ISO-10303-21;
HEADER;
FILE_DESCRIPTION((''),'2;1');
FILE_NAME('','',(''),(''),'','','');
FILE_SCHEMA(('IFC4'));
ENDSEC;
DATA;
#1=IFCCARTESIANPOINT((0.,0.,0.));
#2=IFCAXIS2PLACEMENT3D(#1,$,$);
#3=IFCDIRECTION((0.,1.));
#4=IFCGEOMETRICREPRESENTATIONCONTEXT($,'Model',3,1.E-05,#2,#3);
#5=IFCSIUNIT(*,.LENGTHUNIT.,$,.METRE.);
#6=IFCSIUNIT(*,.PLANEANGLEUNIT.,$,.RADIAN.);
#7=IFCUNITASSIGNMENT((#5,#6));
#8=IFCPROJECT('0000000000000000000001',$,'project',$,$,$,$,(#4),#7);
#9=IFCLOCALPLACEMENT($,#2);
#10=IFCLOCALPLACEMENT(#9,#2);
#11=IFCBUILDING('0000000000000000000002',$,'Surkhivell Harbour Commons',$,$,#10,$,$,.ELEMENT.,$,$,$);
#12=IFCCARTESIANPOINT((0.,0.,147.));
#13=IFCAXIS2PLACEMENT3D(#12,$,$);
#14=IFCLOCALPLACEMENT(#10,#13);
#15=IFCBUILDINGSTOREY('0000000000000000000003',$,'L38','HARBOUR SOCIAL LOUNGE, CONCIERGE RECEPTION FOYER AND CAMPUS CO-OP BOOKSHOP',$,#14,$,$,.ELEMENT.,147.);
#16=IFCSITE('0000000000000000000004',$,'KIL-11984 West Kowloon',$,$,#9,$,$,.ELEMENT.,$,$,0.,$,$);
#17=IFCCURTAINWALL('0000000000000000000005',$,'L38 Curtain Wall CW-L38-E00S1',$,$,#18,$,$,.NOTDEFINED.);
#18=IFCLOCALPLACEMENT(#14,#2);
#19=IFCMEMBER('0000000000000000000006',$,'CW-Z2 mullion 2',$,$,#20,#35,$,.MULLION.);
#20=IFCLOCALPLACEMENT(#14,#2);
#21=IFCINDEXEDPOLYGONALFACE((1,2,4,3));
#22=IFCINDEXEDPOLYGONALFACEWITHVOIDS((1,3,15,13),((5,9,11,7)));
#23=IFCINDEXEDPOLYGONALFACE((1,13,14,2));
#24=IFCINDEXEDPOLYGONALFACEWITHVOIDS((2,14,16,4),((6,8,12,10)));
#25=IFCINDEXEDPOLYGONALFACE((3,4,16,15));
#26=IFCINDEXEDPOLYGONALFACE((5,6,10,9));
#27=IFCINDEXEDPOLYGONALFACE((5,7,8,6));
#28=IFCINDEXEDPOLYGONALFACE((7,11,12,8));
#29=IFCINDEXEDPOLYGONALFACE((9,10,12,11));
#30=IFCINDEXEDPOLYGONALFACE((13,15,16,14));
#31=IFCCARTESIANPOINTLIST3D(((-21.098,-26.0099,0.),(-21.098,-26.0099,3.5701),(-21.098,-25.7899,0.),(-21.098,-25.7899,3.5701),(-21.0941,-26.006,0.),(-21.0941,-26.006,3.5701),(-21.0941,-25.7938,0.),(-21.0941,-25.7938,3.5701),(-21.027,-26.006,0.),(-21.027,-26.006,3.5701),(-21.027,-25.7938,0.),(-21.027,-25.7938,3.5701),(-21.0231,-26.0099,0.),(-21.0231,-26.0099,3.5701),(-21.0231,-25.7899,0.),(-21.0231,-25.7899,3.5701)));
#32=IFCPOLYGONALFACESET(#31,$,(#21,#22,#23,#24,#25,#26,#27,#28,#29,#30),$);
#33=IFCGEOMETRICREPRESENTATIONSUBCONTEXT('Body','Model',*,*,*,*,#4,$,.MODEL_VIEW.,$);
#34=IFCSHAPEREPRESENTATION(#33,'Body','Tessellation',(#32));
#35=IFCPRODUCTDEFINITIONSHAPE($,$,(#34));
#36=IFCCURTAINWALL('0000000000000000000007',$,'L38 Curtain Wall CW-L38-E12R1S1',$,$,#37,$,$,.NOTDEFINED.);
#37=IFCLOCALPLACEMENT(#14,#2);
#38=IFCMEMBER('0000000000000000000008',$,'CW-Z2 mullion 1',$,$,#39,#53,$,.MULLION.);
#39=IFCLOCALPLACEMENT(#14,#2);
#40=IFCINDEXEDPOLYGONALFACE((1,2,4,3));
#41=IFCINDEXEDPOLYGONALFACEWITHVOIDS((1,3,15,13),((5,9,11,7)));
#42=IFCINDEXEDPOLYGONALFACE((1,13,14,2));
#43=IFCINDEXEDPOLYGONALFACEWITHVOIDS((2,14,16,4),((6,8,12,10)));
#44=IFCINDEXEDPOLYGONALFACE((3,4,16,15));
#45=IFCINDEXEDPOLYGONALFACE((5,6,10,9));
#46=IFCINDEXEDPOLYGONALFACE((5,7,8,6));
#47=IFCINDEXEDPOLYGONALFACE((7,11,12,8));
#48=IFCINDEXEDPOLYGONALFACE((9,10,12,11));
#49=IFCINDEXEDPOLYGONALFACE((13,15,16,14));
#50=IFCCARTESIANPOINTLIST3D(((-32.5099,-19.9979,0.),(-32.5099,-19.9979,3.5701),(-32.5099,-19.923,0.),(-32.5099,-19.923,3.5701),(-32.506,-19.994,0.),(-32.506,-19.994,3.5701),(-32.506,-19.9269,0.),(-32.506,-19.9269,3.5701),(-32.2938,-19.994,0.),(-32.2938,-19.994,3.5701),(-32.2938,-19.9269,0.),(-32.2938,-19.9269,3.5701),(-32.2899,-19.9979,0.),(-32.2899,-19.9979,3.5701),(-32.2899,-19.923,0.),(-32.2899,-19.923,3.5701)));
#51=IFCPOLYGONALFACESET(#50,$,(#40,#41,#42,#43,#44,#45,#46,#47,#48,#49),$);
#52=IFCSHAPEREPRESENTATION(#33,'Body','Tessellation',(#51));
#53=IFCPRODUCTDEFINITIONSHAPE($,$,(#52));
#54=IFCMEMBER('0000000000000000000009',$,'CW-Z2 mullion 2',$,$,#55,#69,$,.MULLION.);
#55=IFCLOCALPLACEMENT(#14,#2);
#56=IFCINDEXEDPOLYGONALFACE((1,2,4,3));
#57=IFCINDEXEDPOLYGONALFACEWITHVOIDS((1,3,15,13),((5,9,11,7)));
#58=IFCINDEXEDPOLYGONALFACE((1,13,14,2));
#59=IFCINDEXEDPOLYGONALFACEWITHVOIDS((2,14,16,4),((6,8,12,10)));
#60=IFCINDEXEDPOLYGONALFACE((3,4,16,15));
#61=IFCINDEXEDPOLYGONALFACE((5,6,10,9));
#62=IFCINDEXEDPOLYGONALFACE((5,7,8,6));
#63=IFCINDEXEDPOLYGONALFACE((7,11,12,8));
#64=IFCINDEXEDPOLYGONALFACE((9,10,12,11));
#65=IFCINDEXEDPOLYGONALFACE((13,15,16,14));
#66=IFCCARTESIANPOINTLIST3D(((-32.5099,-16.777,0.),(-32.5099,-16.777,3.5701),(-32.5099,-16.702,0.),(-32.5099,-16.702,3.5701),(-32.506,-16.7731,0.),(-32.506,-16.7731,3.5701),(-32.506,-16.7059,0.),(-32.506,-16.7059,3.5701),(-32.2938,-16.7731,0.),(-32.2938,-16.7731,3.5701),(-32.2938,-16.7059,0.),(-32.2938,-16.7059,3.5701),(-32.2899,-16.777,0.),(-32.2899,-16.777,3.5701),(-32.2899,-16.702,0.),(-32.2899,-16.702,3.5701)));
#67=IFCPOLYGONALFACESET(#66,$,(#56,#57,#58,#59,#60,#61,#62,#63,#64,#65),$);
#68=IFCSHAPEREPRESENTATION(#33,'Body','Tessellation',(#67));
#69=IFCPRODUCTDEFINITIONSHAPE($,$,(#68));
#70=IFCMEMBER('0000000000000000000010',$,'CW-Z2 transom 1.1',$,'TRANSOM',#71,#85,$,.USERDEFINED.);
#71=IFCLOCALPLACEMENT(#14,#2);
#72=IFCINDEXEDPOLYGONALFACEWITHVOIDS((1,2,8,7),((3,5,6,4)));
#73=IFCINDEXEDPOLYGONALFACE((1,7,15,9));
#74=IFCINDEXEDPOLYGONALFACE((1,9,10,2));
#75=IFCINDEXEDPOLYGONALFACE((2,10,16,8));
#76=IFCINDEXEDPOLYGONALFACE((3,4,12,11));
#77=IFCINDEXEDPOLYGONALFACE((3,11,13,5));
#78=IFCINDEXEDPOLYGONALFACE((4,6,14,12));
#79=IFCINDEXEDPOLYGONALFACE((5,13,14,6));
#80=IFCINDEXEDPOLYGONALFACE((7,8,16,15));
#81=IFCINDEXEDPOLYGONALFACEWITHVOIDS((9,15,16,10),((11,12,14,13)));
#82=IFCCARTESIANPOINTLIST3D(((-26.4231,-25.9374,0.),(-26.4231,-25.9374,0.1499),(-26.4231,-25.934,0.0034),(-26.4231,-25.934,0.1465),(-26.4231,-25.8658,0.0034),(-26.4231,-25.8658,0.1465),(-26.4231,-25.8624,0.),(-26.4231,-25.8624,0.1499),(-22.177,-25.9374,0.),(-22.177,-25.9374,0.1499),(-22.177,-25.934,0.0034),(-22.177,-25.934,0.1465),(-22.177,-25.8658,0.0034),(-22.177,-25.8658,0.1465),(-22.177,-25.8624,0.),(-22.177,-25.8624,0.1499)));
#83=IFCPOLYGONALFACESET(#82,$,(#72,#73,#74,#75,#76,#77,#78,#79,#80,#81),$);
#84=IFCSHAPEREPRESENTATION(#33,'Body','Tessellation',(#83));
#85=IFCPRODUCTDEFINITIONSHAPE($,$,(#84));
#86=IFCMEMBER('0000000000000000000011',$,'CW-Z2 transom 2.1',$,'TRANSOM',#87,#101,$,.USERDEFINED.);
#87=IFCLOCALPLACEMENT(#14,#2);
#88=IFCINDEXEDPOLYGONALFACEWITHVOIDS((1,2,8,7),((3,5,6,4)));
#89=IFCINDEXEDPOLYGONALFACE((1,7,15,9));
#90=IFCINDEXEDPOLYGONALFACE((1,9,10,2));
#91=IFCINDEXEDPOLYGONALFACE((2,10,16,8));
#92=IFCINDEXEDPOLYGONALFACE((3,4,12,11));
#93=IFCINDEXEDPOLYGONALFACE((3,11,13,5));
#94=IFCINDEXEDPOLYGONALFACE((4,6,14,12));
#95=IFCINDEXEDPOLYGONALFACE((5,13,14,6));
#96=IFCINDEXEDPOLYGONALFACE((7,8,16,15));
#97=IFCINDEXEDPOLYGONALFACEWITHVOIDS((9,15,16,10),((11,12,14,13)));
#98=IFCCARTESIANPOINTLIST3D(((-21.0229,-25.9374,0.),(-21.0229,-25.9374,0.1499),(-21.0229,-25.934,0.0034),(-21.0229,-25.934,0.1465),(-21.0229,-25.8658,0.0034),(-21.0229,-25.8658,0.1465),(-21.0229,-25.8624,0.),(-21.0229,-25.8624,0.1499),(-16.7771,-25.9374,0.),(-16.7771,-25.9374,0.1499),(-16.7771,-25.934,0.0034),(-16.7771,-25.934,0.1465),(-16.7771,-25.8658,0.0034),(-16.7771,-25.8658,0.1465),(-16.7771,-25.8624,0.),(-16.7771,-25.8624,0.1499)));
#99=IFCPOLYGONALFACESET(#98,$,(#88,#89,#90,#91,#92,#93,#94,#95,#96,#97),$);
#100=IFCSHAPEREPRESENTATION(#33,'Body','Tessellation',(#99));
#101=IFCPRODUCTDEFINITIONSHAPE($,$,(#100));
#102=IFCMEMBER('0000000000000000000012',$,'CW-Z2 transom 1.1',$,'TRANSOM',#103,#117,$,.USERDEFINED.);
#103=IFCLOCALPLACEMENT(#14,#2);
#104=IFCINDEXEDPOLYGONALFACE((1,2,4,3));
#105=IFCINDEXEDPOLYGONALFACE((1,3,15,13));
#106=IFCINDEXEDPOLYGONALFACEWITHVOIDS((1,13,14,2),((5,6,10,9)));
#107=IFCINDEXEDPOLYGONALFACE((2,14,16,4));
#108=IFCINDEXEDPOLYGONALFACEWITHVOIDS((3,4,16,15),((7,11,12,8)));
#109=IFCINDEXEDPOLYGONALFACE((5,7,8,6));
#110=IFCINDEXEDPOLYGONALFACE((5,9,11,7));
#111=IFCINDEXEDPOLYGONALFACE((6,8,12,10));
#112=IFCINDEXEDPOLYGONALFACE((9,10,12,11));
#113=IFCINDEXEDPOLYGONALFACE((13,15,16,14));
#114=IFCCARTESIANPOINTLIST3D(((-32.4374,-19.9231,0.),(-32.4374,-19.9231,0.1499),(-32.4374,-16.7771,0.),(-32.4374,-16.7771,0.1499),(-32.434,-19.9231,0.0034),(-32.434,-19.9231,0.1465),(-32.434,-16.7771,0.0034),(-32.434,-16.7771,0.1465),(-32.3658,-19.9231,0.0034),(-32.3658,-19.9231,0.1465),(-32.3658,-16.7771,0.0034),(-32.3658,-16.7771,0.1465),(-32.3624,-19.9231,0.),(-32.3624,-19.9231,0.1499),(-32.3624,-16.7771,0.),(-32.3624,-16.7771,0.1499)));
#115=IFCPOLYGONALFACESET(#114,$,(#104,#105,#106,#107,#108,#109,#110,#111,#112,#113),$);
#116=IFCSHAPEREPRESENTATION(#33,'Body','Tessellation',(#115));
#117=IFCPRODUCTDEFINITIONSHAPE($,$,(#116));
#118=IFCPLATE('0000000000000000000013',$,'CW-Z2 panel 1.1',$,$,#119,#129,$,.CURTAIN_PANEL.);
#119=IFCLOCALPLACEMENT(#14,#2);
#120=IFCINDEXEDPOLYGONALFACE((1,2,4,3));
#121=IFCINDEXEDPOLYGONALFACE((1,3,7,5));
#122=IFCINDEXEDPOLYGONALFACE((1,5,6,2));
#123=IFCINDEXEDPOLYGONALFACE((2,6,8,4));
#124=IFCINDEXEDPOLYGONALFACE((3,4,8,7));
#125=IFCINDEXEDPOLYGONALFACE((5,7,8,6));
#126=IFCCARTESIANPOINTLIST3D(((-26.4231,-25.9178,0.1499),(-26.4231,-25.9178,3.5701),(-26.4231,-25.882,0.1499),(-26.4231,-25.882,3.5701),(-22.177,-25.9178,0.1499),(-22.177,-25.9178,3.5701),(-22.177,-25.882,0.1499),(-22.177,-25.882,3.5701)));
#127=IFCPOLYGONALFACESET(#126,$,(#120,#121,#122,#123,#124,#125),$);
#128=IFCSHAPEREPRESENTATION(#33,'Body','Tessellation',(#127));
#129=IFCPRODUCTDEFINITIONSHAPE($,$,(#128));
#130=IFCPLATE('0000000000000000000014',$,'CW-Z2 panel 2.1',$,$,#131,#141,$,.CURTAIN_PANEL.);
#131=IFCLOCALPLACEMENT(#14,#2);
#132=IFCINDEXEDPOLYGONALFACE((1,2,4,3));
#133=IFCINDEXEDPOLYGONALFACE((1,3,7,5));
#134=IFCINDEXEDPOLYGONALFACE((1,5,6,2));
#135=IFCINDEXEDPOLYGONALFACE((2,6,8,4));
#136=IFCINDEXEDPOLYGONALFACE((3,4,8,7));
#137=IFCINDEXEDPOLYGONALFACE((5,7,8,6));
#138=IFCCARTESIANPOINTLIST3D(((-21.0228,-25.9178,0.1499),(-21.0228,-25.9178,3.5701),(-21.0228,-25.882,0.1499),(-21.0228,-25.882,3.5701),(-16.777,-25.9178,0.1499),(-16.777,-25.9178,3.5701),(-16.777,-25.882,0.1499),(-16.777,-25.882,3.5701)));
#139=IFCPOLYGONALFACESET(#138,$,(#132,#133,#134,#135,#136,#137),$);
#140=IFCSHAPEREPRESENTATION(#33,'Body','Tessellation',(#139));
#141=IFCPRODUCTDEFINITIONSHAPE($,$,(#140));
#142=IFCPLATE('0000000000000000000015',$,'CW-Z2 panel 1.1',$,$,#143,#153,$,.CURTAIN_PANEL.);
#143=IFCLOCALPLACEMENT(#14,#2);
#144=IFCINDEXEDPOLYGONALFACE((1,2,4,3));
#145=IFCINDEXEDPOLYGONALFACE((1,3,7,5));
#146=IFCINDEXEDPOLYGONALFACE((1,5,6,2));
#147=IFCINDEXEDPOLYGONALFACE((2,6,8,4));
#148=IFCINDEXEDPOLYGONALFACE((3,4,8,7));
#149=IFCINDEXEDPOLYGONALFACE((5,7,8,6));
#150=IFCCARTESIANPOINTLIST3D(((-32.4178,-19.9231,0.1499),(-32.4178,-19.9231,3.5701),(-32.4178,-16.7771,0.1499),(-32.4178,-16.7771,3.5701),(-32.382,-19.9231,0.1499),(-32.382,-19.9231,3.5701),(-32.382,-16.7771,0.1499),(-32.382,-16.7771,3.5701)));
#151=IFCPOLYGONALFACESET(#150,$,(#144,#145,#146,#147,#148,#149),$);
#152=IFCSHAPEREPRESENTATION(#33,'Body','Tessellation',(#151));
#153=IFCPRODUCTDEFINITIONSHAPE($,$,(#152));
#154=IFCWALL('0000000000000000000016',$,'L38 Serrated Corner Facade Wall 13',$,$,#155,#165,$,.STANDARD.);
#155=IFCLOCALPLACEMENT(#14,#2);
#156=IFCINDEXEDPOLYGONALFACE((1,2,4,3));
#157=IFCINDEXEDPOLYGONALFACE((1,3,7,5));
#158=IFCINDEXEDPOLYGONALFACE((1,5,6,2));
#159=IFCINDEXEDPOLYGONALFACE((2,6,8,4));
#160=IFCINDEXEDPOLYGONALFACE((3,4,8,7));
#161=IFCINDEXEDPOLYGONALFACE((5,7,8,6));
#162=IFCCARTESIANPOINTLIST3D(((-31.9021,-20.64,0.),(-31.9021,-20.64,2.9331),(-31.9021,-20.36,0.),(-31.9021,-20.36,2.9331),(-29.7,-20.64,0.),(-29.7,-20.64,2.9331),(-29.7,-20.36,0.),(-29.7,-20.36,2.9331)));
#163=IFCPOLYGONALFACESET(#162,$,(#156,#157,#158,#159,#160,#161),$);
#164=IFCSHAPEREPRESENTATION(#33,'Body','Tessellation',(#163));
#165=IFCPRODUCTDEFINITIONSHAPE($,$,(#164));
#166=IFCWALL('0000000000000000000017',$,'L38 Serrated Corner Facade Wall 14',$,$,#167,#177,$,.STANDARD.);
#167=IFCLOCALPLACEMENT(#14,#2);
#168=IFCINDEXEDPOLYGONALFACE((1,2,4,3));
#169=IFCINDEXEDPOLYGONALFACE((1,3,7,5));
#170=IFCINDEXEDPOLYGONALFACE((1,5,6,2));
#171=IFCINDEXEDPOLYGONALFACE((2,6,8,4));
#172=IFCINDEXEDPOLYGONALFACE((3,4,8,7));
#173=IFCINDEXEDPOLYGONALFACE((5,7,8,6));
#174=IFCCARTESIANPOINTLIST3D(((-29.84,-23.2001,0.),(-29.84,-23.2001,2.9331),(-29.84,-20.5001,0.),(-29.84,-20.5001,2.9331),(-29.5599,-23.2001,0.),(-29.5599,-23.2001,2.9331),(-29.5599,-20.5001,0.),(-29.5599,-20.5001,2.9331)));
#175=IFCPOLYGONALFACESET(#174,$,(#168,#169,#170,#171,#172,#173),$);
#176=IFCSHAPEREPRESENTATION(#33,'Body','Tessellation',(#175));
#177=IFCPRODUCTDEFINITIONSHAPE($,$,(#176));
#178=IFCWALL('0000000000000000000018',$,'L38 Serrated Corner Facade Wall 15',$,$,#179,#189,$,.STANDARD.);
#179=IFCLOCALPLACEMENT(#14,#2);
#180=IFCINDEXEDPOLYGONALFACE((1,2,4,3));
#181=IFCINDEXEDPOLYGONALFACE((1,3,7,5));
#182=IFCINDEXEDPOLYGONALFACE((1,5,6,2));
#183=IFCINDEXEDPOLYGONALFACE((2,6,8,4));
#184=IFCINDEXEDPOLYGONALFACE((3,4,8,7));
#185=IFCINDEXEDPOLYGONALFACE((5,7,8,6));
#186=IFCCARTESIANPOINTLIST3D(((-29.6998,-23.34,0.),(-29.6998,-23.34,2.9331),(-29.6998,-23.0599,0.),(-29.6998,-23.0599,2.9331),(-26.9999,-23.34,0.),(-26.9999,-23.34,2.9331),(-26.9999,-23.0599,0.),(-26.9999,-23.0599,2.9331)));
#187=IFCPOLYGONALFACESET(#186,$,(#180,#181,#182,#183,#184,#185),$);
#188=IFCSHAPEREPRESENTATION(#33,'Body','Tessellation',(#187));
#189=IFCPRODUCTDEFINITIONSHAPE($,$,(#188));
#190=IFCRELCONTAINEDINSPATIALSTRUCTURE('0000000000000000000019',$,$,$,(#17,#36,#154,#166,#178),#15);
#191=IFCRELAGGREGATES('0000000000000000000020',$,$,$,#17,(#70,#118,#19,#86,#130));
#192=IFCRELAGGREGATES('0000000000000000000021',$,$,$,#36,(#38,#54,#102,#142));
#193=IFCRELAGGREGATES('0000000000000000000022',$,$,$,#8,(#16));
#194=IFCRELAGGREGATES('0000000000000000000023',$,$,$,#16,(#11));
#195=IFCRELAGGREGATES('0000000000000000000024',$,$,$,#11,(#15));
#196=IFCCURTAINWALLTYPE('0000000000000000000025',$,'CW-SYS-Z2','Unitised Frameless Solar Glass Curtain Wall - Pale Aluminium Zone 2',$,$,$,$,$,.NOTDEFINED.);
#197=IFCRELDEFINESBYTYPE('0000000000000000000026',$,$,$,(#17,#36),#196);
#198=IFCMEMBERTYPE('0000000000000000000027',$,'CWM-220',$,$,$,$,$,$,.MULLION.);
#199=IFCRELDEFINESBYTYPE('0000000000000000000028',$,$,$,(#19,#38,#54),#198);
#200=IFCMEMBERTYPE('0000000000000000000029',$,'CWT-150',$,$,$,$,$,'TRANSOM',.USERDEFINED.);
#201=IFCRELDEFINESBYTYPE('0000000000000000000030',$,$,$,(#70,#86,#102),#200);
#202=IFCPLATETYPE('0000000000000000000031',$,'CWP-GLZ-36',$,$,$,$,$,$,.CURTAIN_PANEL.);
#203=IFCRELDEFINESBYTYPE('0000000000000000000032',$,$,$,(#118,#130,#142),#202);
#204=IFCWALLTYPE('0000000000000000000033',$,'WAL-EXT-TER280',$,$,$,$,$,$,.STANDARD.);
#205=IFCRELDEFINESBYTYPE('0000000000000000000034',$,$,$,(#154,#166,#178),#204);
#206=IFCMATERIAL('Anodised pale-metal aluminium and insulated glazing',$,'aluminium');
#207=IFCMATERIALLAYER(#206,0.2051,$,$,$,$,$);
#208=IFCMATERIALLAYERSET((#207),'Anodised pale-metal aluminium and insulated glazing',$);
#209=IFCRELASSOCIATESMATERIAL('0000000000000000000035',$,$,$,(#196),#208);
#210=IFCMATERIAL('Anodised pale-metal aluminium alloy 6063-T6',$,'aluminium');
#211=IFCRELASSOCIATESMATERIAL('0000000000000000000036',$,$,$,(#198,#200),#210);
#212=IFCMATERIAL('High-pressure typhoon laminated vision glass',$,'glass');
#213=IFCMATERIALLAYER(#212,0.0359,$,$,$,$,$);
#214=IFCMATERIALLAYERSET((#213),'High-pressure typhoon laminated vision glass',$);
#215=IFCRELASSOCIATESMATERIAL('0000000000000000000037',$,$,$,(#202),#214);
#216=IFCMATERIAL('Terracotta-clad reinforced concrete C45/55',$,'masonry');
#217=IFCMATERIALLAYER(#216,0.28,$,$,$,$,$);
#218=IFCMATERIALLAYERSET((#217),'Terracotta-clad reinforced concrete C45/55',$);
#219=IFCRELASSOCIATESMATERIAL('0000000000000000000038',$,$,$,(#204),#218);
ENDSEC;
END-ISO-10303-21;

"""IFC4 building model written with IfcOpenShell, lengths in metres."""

from ifc_helpers import new_model, si_unit, direction, frame, frame_2d, origin, origin_2d, place, context, subcontext, project, spatial, rectangle, hollow_rectangle, extrude, material, layer, layer_set, material_profile, profile_set, type_object, element, aggregate, save


model = new_model("IFC4")

# Units and contexts
model_context = context("Model", 3, precision=1e-05, world=origin(), true_north=direction((0.0, 1.0)))
body_context = subcontext(model_context, "Body", "Model", "MODEL_VIEW")
ifc_project = project(units=[si_unit("LENGTHUNIT", "METRE"), si_unit("PLANEANGLEUNIT", "RADIAN")], contexts=[model_context])

# Site, building, storey
site_placement = place(None, origin())
site = spatial("IfcSite", under=ifc_project, at=site_placement, Name="KIL-11984 West Kowloon", CompositionType="ELEMENT", RefElevation=0.0)
building_placement = place(site_placement, origin())
building = spatial("IfcBuilding", under=site, at=building_placement, Name="Surkhivell Harbour Commons", CompositionType="ELEMENT")
storey_placement = place(building_placement, frame((0.0, 0.0, 147.0)))
storey = spatial("IfcBuildingStorey", under=building, at=storey_placement, Name="L38", Description="HARBOUR SOCIAL LOUNGE, CONCIERGE RECEPTION FOYER AND CAMPUS CO-OP BOOKSHOP", CompositionType="ELEMENT", Elevation=147.0)

# Curtain walls, members
ifc_material_1 = material(Name="Anodised pale-metal aluminium and insulated glazing", Category="aluminium")
ifc_layer_1 = layer(ifc_material_1, 0.2051)
ifc_layer_set_1 = layer_set([ifc_layer_1], Name="Anodised pale-metal aluminium and insulated glazing")
curtain_wall_type = type_object("IfcCurtainWallType", Name="CW-SYS-Z2", Description="Unitised Frameless Solar Glass Curtain Wall - Pale Aluminium Zone 2", PredefinedType="NOTDEFINED", material=ifc_layer_set_1)
curtain_wall_1_placement = place(storey_placement, origin())
curtain_wall_1 = element("IfcCurtainWall", 1, at=curtain_wall_1_placement, inside=storey, type_object=curtain_wall_type, Name="L38 Curtain Wall CW-L38-E00S1", PredefinedType="NOTDEFINED")
ifc_material_2 = material(Name="Anodised pale-metal aluminium alloy 6063-T6", Category="aluminium")
ifc_material_profile_1 = material_profile(ifc_material_2, hollow_rectangle(XDim=0.075, YDim=0.22, WallThickness=0.0039, at=origin_2d()), Name="ALU-MULL-75x220")
ifc_profile_set_1 = profile_set([ifc_material_profile_1], Name="Anodised pale-metal aluminium alloy 6063-T6")
member_type_1 = type_object("IfcMemberType", Name="CWM-220", PredefinedType="MULLION", material=ifc_profile_set_1)
member_1_placement = place(storey_placement, frame((-21.0605, -25.8999, 0.0), z_axis=(0.0, 0.0, 1.0), x_axis=(1.0, 0.0, 0.0)))
member_1 = element("IfcMember", 2, at=member_1_placement, type_object=member_type_1, Name="CW-Z2 mullion 2", PredefinedType="MULLION", context=body_context, shape_type="SweptSolid", body=[
    extrude(hollow_rectangle(XDim=0.075, YDim=0.22, WallThickness=0.0039, at=origin_2d()), origin(), (0.0, 0.0, 1.0), 3.5701),
])
curtain_wall_2_placement = place(storey_placement, origin())
curtain_wall_2 = element("IfcCurtainWall", 3, at=curtain_wall_2_placement, inside=storey, type_object=curtain_wall_type, Name="L38 Curtain Wall CW-L38-E12R1S1", PredefinedType="NOTDEFINED")
member_2_placement = place(storey_placement, frame((-32.3999, -19.9604, 0.0), z_axis=(0.0, 0.0, 1.0), x_axis=(0.0, 1.0, 0.0)))
member_2 = element("IfcMember", 4, at=member_2_placement, type_object=member_type_1, Name="CW-Z2 mullion 1", PredefinedType="MULLION", context=body_context, shape_type="SweptSolid", body=[
    extrude(hollow_rectangle(XDim=0.075, YDim=0.22, WallThickness=0.0039, at=origin_2d()), origin(), (0.0, 0.0, 1.0), 3.5701),
])
member_3_placement = place(storey_placement, frame((-32.3999, -16.7395, 0.0), z_axis=(0.0, 0.0, 1.0), x_axis=(0.0, 1.0, 0.0)))
member_3 = element("IfcMember", 5, at=member_3_placement, type_object=member_type_1, Name="CW-Z2 mullion 2", PredefinedType="MULLION", context=body_context, shape_type="SweptSolid", body=[
    extrude(hollow_rectangle(XDim=0.075, YDim=0.22, WallThickness=0.0039, at=origin_2d()), origin(), (0.0, 0.0, 1.0), 3.5701),
])

# Members
ifc_material_profile_2 = material_profile(ifc_material_2, hollow_rectangle(XDim=0.075, YDim=0.1499, WallThickness=0.0034, at=origin_2d()), Name="ALU-TRAN-75x150")
ifc_profile_set_2 = profile_set([ifc_material_profile_2], Name="Anodised pale-metal aluminium alloy 6063-T6")
member_type_2 = type_object("IfcMemberType", Name="CWT-150", ElementType="TRANSOM", PredefinedType="USERDEFINED", material=ifc_profile_set_2)
member_4_placement = place(storey_placement, frame((-26.4231, -25.8999, 0.075), z_axis=(1.0, 0.0, 0.0), x_axis=(0.0, 1.0, 0.0)))
member_4 = element("IfcMember", 6, at=member_4_placement, type_object=member_type_2, Name="CW-Z2 transom 1.1", ObjectType="TRANSOM", PredefinedType="USERDEFINED", context=body_context, shape_type="SweptSolid", body=[
    extrude(hollow_rectangle(XDim=0.075, YDim=0.1499, WallThickness=0.0034, at=origin_2d()), origin(), (0.0, 0.0, 1.0), 4.2461),
])
member_5_placement = place(storey_placement, frame((-21.0229, -25.8999, 0.075), z_axis=(1.0, 0.0, 0.0), x_axis=(0.0, 1.0, 0.0)))
member_5 = element("IfcMember", 7, at=member_5_placement, type_object=member_type_2, Name="CW-Z2 transom 2.1", ObjectType="TRANSOM", PredefinedType="USERDEFINED", context=body_context, shape_type="SweptSolid", body=[
    extrude(hollow_rectangle(XDim=0.075, YDim=0.1499, WallThickness=0.0034, at=origin_2d()), origin(), (0.0, 0.0, 1.0), 4.2458),
])
member_6_placement = place(storey_placement, frame((-32.3999, -19.9231, 0.075), z_axis=(0.0, 1.0, 0.0), x_axis=(-1.0, 0.0, 0.0)))
member_6 = element("IfcMember", 8, at=member_6_placement, type_object=member_type_2, Name="CW-Z2 transom 1.1", ObjectType="TRANSOM", PredefinedType="USERDEFINED", context=body_context, shape_type="SweptSolid", body=[
    extrude(hollow_rectangle(XDim=0.075, YDim=0.1499, WallThickness=0.0034, at=origin_2d()), origin(), (0.0, 0.0, 1.0), 3.146),
])

# Plates
ifc_material_3 = material(Name="High-pressure typhoon laminated vision glass", Category="glass")
ifc_layer_2 = layer(ifc_material_3, 0.0359)
ifc_layer_set_2 = layer_set([ifc_layer_2], Name="High-pressure typhoon laminated vision glass")
plate_type = type_object("IfcPlateType", Name="CWP-GLZ-36", PredefinedType="CURTAIN_PANEL", material=ifc_layer_set_2)
plate_1_placement = place(storey_placement, frame((-26.4231, -25.8999, 0.1499), z_axis=(0.0, 0.0, 1.0), x_axis=(1.0, 0.0, 0.0)))
plate_1 = element("IfcPlate", 9, at=plate_1_placement, type_object=plate_type, Name="CW-Z2 panel 1.1", PredefinedType="CURTAIN_PANEL", context=body_context, shape_type="SweptSolid", body=[
    extrude(rectangle(XDim=4.2461, YDim=0.0359, at=frame_2d((2.123, 0.0))), origin(), (0.0, 0.0, 1.0), 3.4202),
])
plate_2_placement = place(storey_placement, frame((-21.0229, -25.8999, 0.1499), z_axis=(0.0, 0.0, 1.0), x_axis=(1.0, 0.0, 0.0)))
plate_2 = element("IfcPlate", 10, at=plate_2_placement, type_object=plate_type, Name="CW-Z2 panel 2.1", PredefinedType="CURTAIN_PANEL", context=body_context, shape_type="SweptSolid", body=[
    extrude(rectangle(XDim=4.2458, YDim=0.0359, at=frame_2d((2.123, 0.0))), origin(), (0.0, 0.0, 1.0), 3.4202),
])
aggregate(curtain_wall_1, [member_4, plate_1, member_1, member_5, plate_2])
plate_3_placement = place(storey_placement, frame((-32.3999, -19.9231, 0.1499), z_axis=(0.0, 0.0, 1.0), x_axis=(0.0, 1.0, 0.0)))
plate_3 = element("IfcPlate", 11, at=plate_3_placement, type_object=plate_type, Name="CW-Z2 panel 1.1", PredefinedType="CURTAIN_PANEL", context=body_context, shape_type="SweptSolid", body=[
    extrude(rectangle(XDim=3.146, YDim=0.0359, at=frame_2d((1.573, 0.0))), origin(), (0.0, 0.0, 1.0), 3.4202),
])
aggregate(curtain_wall_2, [member_2, member_3, member_6, plate_3])

# Walls
ifc_material_4 = material(Name="Terracotta-clad reinforced concrete C45/55", Category="masonry")
ifc_layer_3 = layer(ifc_material_4, 0.28)
ifc_layer_set_3 = layer_set([ifc_layer_3], Name="Terracotta-clad reinforced concrete C45/55")
wall_type = type_object("IfcWallType", Name="WAL-EXT-TER280", PredefinedType="STANDARD", material=ifc_layer_set_3)
wall_1_placement = place(storey_placement, frame((-31.9021, -20.5, 0.0), z_axis=(0.0, 0.0, 1.0), x_axis=(1.0, 0.0, 0.0)))
element("IfcWall", 12, at=wall_1_placement, inside=storey, type_object=wall_type, Name="L38 Serrated Corner Facade Wall 13", PredefinedType="STANDARD", context=body_context, shape_type="SweptSolid", body=[
    extrude(rectangle(XDim=2.2021, YDim=0.28, at=frame_2d((1.1011, 0.0))), origin(), (0.0, 0.0, 1.0), 2.9331),
])
for number, where, z_axis, x_axis, name in (
    (13, (-29.7, -20.5, 0.0), (0.0, 0.0, 1.0), (0.0, -1.0, 0.0), "L38 Serrated Corner Facade Wall 14"),
    (14, (-29.7, -23.2, 0.0), (0.0, 0.0, 1.0), (1.0, 0.0, 0.0), "L38 Serrated Corner Facade Wall 15"),
):
    element("IfcWall", number, at=place(storey_placement, frame(where, z_axis=z_axis, x_axis=x_axis)), inside=storey, type_object=wall_type, Name=name, PredefinedType="STANDARD", context=body_context, shape_type="SweptSolid", body=[
        extrude(rectangle(XDim=2.7, YDim=0.28, at=frame_2d((1.3501, 0.0))), origin(), (0.0, 0.0, 1.0), 2.9331),
    ])

save(model, "model.ifc")
